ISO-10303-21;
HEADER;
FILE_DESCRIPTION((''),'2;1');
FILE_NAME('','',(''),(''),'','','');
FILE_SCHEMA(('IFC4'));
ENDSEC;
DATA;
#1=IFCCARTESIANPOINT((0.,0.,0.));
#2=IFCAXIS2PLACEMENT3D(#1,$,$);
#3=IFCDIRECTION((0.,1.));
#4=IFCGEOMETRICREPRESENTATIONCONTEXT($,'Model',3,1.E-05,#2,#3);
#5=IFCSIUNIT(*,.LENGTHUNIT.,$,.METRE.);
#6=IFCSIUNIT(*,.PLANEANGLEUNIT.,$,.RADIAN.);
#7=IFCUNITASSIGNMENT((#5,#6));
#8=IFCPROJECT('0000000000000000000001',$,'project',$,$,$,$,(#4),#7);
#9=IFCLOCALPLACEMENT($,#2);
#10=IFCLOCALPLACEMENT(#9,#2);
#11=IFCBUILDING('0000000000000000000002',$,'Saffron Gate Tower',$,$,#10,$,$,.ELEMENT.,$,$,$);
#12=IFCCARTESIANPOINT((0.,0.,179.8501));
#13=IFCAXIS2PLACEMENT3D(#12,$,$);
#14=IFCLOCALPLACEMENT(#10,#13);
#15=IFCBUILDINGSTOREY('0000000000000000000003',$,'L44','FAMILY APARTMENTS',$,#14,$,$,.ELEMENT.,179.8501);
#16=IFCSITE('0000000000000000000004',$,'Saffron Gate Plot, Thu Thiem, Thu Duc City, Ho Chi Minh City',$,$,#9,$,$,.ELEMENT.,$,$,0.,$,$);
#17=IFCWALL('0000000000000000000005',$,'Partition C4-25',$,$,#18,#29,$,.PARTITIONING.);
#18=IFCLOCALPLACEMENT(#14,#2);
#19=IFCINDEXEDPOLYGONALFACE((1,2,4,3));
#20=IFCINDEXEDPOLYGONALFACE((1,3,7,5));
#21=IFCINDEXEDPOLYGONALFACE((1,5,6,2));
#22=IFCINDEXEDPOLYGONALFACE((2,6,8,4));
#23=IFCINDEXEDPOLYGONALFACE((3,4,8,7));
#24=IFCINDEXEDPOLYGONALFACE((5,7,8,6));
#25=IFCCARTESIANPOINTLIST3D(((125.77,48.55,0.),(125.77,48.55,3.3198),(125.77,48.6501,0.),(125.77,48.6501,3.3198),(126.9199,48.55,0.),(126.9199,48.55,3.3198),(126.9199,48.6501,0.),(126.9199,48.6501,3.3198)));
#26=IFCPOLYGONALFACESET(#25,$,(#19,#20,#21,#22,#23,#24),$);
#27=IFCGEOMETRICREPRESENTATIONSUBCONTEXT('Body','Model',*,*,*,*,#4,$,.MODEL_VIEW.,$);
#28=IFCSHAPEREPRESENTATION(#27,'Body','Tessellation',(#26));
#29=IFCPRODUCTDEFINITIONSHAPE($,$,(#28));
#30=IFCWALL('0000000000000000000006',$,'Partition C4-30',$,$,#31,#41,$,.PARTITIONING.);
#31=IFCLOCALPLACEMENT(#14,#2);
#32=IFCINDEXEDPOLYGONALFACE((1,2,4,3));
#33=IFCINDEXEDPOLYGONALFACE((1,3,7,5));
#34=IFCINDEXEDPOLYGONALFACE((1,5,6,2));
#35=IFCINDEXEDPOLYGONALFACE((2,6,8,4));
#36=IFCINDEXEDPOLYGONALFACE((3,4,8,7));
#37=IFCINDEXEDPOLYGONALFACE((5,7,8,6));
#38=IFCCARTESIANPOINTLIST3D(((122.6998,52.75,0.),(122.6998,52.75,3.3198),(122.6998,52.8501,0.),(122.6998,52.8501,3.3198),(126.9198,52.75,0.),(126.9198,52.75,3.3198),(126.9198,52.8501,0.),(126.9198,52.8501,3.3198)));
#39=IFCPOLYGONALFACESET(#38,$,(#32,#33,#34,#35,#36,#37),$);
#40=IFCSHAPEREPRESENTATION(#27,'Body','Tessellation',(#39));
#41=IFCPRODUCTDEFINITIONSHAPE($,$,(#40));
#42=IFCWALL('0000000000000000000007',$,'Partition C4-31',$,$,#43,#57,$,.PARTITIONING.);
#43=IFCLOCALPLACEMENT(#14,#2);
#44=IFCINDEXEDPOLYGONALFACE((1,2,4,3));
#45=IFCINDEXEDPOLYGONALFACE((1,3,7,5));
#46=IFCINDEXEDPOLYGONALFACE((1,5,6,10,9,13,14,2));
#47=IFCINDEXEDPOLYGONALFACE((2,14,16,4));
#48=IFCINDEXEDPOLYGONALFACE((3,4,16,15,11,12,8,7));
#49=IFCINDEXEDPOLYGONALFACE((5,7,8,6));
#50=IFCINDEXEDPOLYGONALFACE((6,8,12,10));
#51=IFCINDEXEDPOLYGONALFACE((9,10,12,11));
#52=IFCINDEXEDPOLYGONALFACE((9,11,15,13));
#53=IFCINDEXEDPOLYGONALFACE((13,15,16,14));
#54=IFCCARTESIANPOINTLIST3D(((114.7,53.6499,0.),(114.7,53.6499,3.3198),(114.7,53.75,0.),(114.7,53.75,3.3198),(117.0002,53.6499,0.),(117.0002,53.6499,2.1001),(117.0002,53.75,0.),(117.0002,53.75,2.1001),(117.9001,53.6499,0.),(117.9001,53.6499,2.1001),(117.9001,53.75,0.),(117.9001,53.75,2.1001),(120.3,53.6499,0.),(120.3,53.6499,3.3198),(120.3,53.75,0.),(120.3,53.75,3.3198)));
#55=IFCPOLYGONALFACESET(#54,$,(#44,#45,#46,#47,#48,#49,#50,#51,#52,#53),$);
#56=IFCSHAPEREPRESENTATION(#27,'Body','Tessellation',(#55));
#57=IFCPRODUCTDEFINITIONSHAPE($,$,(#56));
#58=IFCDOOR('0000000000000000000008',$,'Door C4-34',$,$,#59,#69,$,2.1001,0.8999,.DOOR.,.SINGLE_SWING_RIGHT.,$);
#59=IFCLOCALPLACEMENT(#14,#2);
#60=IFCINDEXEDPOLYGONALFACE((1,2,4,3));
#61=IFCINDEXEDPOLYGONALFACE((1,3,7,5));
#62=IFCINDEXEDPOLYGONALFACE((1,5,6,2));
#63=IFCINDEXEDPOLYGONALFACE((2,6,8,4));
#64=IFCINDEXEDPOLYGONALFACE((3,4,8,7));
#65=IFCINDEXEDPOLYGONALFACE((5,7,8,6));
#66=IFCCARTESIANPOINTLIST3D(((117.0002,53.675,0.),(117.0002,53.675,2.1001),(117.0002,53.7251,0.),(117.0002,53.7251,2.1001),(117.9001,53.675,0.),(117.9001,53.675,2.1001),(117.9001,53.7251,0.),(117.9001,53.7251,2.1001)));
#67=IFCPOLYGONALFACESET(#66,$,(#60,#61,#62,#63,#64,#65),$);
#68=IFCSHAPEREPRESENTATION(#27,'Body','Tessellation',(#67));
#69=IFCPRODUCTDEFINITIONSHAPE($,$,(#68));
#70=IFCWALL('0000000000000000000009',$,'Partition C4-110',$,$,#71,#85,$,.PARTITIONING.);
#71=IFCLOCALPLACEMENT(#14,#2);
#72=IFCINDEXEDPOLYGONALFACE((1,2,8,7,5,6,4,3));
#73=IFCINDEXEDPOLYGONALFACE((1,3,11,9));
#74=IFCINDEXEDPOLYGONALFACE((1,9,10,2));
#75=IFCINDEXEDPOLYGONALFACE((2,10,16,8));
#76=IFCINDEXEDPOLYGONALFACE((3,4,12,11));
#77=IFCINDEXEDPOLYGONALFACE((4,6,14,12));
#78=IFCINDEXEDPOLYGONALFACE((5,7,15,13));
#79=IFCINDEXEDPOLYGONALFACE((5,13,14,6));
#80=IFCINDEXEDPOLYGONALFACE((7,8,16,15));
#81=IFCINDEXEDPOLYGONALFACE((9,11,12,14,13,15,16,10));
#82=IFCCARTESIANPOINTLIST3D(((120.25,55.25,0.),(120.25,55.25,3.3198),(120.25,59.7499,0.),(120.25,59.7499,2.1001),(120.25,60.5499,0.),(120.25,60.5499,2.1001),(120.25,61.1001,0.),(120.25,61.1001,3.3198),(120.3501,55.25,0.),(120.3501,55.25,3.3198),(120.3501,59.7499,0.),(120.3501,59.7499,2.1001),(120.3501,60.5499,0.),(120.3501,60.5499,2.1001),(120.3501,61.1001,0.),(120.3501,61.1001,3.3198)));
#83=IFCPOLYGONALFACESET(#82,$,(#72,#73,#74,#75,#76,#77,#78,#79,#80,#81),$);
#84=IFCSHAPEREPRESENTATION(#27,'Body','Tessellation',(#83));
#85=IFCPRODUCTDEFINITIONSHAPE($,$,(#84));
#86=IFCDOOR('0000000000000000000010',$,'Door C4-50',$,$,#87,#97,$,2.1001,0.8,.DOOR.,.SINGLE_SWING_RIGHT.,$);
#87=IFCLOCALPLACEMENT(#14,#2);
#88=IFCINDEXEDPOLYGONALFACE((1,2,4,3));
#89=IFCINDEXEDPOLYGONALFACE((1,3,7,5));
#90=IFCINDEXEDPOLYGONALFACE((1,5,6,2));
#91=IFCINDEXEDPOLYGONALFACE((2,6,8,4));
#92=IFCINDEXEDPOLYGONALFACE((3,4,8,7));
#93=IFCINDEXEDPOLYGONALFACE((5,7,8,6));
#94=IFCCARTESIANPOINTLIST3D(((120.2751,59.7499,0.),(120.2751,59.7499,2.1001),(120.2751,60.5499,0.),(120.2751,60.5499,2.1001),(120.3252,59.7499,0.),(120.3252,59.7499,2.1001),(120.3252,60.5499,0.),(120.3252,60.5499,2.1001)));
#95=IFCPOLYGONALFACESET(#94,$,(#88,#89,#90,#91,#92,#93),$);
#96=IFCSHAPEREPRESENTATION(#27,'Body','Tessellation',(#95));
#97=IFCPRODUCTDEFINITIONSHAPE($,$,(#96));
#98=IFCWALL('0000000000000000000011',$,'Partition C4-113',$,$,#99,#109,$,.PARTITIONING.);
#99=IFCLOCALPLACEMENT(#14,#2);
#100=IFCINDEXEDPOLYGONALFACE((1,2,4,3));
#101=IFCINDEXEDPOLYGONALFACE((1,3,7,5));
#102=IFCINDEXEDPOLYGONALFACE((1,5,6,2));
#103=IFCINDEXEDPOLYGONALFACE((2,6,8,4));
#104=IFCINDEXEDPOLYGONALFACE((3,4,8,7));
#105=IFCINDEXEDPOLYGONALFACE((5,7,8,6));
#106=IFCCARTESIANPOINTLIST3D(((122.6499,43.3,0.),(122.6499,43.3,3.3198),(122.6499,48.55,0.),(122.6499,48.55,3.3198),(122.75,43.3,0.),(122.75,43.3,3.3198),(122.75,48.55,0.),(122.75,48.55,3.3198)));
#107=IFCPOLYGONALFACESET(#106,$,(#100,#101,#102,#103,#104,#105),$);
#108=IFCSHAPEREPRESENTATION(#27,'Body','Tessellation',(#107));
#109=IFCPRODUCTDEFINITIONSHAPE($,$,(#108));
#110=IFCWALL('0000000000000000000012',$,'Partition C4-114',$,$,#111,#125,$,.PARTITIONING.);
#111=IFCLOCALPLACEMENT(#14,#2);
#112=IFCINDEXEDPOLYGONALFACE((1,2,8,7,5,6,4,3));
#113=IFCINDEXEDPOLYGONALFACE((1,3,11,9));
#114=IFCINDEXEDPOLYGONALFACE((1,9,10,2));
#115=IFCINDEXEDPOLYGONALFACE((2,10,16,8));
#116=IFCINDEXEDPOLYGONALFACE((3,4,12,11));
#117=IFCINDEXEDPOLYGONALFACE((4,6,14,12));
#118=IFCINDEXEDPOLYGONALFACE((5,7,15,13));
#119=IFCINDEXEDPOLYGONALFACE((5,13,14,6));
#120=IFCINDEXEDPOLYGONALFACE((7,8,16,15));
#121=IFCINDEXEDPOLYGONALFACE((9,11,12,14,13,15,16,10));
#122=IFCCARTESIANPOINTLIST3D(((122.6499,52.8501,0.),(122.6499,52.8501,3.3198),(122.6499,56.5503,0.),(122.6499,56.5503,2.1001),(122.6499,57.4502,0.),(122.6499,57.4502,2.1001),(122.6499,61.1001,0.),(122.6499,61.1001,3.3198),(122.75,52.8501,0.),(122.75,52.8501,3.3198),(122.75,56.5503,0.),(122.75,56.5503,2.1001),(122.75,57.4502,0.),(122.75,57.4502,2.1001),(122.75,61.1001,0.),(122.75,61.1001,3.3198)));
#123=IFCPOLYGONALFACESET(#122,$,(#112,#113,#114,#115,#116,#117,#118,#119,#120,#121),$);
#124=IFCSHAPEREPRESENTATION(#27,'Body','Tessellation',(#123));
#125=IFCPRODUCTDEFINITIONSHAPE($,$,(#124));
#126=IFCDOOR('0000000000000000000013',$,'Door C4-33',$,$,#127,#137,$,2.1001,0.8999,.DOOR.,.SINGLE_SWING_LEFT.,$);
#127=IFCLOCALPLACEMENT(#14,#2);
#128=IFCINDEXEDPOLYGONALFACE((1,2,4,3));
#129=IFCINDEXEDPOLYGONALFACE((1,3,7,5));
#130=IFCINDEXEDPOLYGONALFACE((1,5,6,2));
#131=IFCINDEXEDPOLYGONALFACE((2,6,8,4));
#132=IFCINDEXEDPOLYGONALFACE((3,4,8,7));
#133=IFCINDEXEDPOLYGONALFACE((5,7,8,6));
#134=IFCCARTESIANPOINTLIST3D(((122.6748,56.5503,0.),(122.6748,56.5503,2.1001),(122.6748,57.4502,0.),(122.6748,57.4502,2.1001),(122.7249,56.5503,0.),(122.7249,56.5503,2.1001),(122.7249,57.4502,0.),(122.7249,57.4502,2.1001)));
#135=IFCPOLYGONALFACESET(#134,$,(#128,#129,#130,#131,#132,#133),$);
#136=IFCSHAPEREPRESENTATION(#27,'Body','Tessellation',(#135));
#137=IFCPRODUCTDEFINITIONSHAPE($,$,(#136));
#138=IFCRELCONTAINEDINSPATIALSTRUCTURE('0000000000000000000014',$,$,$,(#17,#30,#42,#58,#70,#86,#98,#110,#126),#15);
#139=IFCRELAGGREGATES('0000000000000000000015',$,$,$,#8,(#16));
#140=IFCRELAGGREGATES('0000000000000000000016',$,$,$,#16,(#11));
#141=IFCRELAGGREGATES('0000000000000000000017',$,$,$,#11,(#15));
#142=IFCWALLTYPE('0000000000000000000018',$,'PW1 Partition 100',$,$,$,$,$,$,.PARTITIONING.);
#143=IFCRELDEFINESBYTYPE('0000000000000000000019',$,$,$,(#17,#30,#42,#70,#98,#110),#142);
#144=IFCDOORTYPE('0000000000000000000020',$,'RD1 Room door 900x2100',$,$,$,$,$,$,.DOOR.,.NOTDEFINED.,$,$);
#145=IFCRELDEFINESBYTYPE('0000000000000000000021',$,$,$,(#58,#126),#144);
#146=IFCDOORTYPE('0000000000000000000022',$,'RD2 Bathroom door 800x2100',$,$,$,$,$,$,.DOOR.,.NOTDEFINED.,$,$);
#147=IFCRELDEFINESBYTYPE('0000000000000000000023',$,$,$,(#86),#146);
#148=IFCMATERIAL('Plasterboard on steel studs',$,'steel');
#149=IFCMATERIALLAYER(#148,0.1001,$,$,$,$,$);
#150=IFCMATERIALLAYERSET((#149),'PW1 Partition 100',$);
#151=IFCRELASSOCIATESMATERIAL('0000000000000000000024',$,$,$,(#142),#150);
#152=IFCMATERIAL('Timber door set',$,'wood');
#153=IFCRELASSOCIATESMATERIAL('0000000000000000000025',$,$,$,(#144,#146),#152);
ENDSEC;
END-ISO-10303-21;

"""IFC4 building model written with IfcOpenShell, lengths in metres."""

from ifc_helpers import new_model, si_unit, direction, frame, frame_2d, origin, place, context, subcontext, project, spatial, rectangle, extrude, material, layer, layer_set, type_object, element, fill, save


model = new_model("IFC4")

# Units and contexts
model_context = context("Model", 3, precision=1e-05, world=origin(), true_north=direction((0.0, 1.0)))
body_context = subcontext(model_context, "Body", "Model", "MODEL_VIEW")
ifc_project = project(units=[si_unit("LENGTHUNIT", "METRE"), si_unit("PLANEANGLEUNIT", "RADIAN")], contexts=[model_context])

# Site, building, storey
site_placement = place(None, origin())
site = spatial("IfcSite", under=ifc_project, at=site_placement, Name="Saffron Gate Plot, Thu Thiem, Thu Duc City, Ho Chi Minh City", CompositionType="ELEMENT", RefElevation=0.0)
building_placement = place(site_placement, origin())
building = spatial("IfcBuilding", under=site, at=building_placement, Name="Saffron Gate Tower", CompositionType="ELEMENT")
storey_placement = place(building_placement, frame((0.0, 0.0, 179.8501)))
storey = spatial("IfcBuildingStorey", under=building, at=storey_placement, Name="L44", Description="FAMILY APARTMENTS", CompositionType="ELEMENT", Elevation=179.8501)

# Shared definitions
ifc_material_1 = material(Name="Plasterboard on steel studs", Category="steel")
ifc_layer = layer(ifc_material_1, 0.1001)
ifc_layer_set = layer_set([ifc_layer], Name="PW1 Partition 100")
wall_type = type_object("IfcWallType", Name="PW1 Partition 100", PredefinedType="PARTITIONING", material=ifc_layer_set)
ifc_material_2 = material(Name="Timber door set", Category="wood")
door_type_1 = type_object("IfcDoorType", Name="RD1 Room door 900x2100", OperationType="NOTDEFINED", PredefinedType="DOOR", material=ifc_material_2)

# Walls
wall_1_placement = place(storey_placement, frame((125.77, 48.6001, 0.0), z_axis=(0.0, 0.0, 1.0), x_axis=(1.0, 0.0, 0.0)))
element("IfcWall", 1, at=wall_1_placement, inside=storey, type_object=wall_type, Name="Partition C4-25", PredefinedType="PARTITIONING", context=body_context, shape_type="SweptSolid", body=[
    extrude(rectangle(XDim=1.1499, YDim=0.1001, at=frame_2d((0.575, 0.0))), origin(), (0.0, 0.0, 1.0), 3.3198),
])
wall_2_placement = place(storey_placement, frame((122.7, 52.8, 0.0), z_axis=(0.0, 0.0, 1.0), x_axis=(1.0, 0.0, 0.0)))
element("IfcWall", 2, at=wall_2_placement, inside=storey, type_object=wall_type, Name="Partition C4-30", PredefinedType="PARTITIONING", context=body_context, shape_type="SweptSolid", body=[
    extrude(rectangle(XDim=4.22, YDim=0.1001, at=frame_2d((2.1099, 0.0))), origin(), (0.0, 0.0, 1.0), 3.3198),
])

# Walls, openings, doors
wall_3_placement = place(storey_placement, frame((120.3, 53.7, 0.0), z_axis=(0.0, 0.0, 1.0), x_axis=(-1.0, 0.0, 0.0)))
wall_3 = element("IfcWall", 3, at=wall_3_placement, inside=storey, type_object=wall_type, Name="Partition C4-31", PredefinedType="PARTITIONING", context=body_context, shape_type="SweptSolid", body=[
    extrude(rectangle(XDim=5.6001, YDim=0.1001, at=frame_2d((2.8, 0.0))), origin(), (0.0, 0.0, 1.0), 3.3198),
])
opening_1_placement = place(wall_3_placement, frame((2.3999, 0.0, 0.0)))
opening_1 = element("IfcOpeningElement", 4, at=opening_1_placement, cuts=wall_3, PredefinedType="OPENING", context=body_context, shape_type="SweptSolid", body=[
    extrude(rectangle(XDim=0.8999, YDim=2.1001, at=frame_2d((0.45, 1.05))), frame((0.0, 0.0601, 0.0), z_axis=(0.0, -1.0, 0.0), x_axis=(1.0, 0.0, 0.0)), (0.0, 0.0, 1.0), 0.1201),
])
door_1_placement = place(opening_1_placement, origin())
door_1 = element("IfcDoor", 5, at=door_1_placement, inside=storey, type_object=door_type_1, Name="Door C4-34", OperationType="SINGLE_SWING_RIGHT", OverallHeight=2.1001, OverallWidth=0.8999, PredefinedType="DOOR", context=body_context, shape_type="SweptSolid", body=[
    extrude(rectangle(XDim=0.8999, YDim=2.1001, at=frame_2d((0.45, 1.05))), frame((0.0, 0.0249, 0.0), z_axis=(0.0, -1.0, 0.0), x_axis=(1.0, 0.0, 0.0)), (0.0, 0.0, 1.0), 0.05),
])
fill(opening_1, door_1)
wall_4_placement = place(storey_placement, frame((120.3, 55.25, 0.0), z_axis=(0.0, 0.0, 1.0), x_axis=(0.0, 1.0, 0.0)))
wall_4 = element("IfcWall", 6, at=wall_4_placement, inside=storey, type_object=wall_type, Name="Partition C4-110", PredefinedType="PARTITIONING", context=body_context, shape_type="SweptSolid", body=[
    extrude(rectangle(XDim=5.8501, YDim=0.1001, at=frame_2d((2.925, 0.0))), origin(), (0.0, 0.0, 1.0), 3.3198),
])
opening_2_placement = place(wall_4_placement, frame((4.5, 0.0, 0.0)))
opening_2 = element("IfcOpeningElement", 7, at=opening_2_placement, cuts=wall_4, PredefinedType="OPENING", context=body_context, shape_type="SweptSolid", body=[
    extrude(rectangle(XDim=0.8, YDim=2.1001, at=frame_2d((0.3999, 1.05))), frame((0.0, 0.0601, 0.0), z_axis=(0.0, -1.0, 0.0), x_axis=(1.0, 0.0, 0.0)), (0.0, 0.0, 1.0), 0.1201),
])
door_type_2 = type_object("IfcDoorType", Name="RD2 Bathroom door 800x2100", OperationType="NOTDEFINED", PredefinedType="DOOR", material=ifc_material_2)
door_2_placement = place(opening_2_placement, origin())
door_2 = element("IfcDoor", 8, at=door_2_placement, inside=storey, type_object=door_type_2, Name="Door C4-50", OperationType="SINGLE_SWING_RIGHT", OverallHeight=2.1001, OverallWidth=0.8, PredefinedType="DOOR", context=body_context, shape_type="SweptSolid", body=[
    extrude(rectangle(XDim=0.8, YDim=2.1001, at=frame_2d((0.3999, 1.05))), frame((0.0, 0.0249, 0.0), z_axis=(0.0, -1.0, 0.0), x_axis=(1.0, 0.0, 0.0)), (0.0, 0.0, 1.0), 0.05),
])
fill(opening_2, door_2)

# Wall
wall_5_placement = place(storey_placement, frame((122.7, 48.55, 0.0), z_axis=(0.0, 0.0, 1.0), x_axis=(0.0, -1.0, 0.0)))
element("IfcWall", 9, at=wall_5_placement, inside=storey, type_object=wall_type, Name="Partition C4-113", PredefinedType="PARTITIONING", context=body_context, shape_type="SweptSolid", body=[
    extrude(rectangle(XDim=5.25, YDim=0.1001, at=frame_2d((2.625, 0.0))), origin(), (0.0, 0.0, 1.0), 3.3198),
])

# Wall, opening, door
wall_6_placement = place(storey_placement, frame((122.7, 61.1001, 0.0), z_axis=(0.0, 0.0, 1.0), x_axis=(0.0, -1.0, 0.0)))
wall_6 = element("IfcWall", 10, at=wall_6_placement, inside=storey, type_object=wall_type, Name="Partition C4-114", PredefinedType="PARTITIONING", context=body_context, shape_type="SweptSolid", body=[
    extrude(rectangle(XDim=8.25, YDim=0.1001, at=frame_2d((4.125, 0.0))), origin(), (0.0, 0.0, 1.0), 3.3198),
])
opening_3_placement = place(wall_6_placement, frame((3.6499, 0.0, 0.0)))
opening_3 = element("IfcOpeningElement", 11, at=opening_3_placement, cuts=wall_6, PredefinedType="OPENING", context=body_context, shape_type="SweptSolid", body=[
    extrude(rectangle(XDim=0.8999, YDim=2.1001, at=frame_2d((0.45, 1.05))), frame((0.0, 0.0601, 0.0), z_axis=(0.0, -1.0, 0.0), x_axis=(1.0, 0.0, 0.0)), (0.0, 0.0, 1.0), 0.1201),
])
door_3_placement = place(opening_3_placement, origin())
door_3 = element("IfcDoor", 12, at=door_3_placement, inside=storey, type_object=door_type_1, Name="Door C4-33", OperationType="SINGLE_SWING_LEFT", OverallHeight=2.1001, OverallWidth=0.8999, PredefinedType="DOOR", context=body_context, shape_type="SweptSolid", body=[
    extrude(rectangle(XDim=0.8999, YDim=2.1001, at=frame_2d((0.45, 1.05))), frame((0.0, 0.0249, 0.0), z_axis=(0.0, -1.0, 0.0), x_axis=(1.0, 0.0, 0.0)), (0.0, 0.0, 1.0), 0.05),
])
fill(opening_3, door_3)

save(model, "model.ifc")
